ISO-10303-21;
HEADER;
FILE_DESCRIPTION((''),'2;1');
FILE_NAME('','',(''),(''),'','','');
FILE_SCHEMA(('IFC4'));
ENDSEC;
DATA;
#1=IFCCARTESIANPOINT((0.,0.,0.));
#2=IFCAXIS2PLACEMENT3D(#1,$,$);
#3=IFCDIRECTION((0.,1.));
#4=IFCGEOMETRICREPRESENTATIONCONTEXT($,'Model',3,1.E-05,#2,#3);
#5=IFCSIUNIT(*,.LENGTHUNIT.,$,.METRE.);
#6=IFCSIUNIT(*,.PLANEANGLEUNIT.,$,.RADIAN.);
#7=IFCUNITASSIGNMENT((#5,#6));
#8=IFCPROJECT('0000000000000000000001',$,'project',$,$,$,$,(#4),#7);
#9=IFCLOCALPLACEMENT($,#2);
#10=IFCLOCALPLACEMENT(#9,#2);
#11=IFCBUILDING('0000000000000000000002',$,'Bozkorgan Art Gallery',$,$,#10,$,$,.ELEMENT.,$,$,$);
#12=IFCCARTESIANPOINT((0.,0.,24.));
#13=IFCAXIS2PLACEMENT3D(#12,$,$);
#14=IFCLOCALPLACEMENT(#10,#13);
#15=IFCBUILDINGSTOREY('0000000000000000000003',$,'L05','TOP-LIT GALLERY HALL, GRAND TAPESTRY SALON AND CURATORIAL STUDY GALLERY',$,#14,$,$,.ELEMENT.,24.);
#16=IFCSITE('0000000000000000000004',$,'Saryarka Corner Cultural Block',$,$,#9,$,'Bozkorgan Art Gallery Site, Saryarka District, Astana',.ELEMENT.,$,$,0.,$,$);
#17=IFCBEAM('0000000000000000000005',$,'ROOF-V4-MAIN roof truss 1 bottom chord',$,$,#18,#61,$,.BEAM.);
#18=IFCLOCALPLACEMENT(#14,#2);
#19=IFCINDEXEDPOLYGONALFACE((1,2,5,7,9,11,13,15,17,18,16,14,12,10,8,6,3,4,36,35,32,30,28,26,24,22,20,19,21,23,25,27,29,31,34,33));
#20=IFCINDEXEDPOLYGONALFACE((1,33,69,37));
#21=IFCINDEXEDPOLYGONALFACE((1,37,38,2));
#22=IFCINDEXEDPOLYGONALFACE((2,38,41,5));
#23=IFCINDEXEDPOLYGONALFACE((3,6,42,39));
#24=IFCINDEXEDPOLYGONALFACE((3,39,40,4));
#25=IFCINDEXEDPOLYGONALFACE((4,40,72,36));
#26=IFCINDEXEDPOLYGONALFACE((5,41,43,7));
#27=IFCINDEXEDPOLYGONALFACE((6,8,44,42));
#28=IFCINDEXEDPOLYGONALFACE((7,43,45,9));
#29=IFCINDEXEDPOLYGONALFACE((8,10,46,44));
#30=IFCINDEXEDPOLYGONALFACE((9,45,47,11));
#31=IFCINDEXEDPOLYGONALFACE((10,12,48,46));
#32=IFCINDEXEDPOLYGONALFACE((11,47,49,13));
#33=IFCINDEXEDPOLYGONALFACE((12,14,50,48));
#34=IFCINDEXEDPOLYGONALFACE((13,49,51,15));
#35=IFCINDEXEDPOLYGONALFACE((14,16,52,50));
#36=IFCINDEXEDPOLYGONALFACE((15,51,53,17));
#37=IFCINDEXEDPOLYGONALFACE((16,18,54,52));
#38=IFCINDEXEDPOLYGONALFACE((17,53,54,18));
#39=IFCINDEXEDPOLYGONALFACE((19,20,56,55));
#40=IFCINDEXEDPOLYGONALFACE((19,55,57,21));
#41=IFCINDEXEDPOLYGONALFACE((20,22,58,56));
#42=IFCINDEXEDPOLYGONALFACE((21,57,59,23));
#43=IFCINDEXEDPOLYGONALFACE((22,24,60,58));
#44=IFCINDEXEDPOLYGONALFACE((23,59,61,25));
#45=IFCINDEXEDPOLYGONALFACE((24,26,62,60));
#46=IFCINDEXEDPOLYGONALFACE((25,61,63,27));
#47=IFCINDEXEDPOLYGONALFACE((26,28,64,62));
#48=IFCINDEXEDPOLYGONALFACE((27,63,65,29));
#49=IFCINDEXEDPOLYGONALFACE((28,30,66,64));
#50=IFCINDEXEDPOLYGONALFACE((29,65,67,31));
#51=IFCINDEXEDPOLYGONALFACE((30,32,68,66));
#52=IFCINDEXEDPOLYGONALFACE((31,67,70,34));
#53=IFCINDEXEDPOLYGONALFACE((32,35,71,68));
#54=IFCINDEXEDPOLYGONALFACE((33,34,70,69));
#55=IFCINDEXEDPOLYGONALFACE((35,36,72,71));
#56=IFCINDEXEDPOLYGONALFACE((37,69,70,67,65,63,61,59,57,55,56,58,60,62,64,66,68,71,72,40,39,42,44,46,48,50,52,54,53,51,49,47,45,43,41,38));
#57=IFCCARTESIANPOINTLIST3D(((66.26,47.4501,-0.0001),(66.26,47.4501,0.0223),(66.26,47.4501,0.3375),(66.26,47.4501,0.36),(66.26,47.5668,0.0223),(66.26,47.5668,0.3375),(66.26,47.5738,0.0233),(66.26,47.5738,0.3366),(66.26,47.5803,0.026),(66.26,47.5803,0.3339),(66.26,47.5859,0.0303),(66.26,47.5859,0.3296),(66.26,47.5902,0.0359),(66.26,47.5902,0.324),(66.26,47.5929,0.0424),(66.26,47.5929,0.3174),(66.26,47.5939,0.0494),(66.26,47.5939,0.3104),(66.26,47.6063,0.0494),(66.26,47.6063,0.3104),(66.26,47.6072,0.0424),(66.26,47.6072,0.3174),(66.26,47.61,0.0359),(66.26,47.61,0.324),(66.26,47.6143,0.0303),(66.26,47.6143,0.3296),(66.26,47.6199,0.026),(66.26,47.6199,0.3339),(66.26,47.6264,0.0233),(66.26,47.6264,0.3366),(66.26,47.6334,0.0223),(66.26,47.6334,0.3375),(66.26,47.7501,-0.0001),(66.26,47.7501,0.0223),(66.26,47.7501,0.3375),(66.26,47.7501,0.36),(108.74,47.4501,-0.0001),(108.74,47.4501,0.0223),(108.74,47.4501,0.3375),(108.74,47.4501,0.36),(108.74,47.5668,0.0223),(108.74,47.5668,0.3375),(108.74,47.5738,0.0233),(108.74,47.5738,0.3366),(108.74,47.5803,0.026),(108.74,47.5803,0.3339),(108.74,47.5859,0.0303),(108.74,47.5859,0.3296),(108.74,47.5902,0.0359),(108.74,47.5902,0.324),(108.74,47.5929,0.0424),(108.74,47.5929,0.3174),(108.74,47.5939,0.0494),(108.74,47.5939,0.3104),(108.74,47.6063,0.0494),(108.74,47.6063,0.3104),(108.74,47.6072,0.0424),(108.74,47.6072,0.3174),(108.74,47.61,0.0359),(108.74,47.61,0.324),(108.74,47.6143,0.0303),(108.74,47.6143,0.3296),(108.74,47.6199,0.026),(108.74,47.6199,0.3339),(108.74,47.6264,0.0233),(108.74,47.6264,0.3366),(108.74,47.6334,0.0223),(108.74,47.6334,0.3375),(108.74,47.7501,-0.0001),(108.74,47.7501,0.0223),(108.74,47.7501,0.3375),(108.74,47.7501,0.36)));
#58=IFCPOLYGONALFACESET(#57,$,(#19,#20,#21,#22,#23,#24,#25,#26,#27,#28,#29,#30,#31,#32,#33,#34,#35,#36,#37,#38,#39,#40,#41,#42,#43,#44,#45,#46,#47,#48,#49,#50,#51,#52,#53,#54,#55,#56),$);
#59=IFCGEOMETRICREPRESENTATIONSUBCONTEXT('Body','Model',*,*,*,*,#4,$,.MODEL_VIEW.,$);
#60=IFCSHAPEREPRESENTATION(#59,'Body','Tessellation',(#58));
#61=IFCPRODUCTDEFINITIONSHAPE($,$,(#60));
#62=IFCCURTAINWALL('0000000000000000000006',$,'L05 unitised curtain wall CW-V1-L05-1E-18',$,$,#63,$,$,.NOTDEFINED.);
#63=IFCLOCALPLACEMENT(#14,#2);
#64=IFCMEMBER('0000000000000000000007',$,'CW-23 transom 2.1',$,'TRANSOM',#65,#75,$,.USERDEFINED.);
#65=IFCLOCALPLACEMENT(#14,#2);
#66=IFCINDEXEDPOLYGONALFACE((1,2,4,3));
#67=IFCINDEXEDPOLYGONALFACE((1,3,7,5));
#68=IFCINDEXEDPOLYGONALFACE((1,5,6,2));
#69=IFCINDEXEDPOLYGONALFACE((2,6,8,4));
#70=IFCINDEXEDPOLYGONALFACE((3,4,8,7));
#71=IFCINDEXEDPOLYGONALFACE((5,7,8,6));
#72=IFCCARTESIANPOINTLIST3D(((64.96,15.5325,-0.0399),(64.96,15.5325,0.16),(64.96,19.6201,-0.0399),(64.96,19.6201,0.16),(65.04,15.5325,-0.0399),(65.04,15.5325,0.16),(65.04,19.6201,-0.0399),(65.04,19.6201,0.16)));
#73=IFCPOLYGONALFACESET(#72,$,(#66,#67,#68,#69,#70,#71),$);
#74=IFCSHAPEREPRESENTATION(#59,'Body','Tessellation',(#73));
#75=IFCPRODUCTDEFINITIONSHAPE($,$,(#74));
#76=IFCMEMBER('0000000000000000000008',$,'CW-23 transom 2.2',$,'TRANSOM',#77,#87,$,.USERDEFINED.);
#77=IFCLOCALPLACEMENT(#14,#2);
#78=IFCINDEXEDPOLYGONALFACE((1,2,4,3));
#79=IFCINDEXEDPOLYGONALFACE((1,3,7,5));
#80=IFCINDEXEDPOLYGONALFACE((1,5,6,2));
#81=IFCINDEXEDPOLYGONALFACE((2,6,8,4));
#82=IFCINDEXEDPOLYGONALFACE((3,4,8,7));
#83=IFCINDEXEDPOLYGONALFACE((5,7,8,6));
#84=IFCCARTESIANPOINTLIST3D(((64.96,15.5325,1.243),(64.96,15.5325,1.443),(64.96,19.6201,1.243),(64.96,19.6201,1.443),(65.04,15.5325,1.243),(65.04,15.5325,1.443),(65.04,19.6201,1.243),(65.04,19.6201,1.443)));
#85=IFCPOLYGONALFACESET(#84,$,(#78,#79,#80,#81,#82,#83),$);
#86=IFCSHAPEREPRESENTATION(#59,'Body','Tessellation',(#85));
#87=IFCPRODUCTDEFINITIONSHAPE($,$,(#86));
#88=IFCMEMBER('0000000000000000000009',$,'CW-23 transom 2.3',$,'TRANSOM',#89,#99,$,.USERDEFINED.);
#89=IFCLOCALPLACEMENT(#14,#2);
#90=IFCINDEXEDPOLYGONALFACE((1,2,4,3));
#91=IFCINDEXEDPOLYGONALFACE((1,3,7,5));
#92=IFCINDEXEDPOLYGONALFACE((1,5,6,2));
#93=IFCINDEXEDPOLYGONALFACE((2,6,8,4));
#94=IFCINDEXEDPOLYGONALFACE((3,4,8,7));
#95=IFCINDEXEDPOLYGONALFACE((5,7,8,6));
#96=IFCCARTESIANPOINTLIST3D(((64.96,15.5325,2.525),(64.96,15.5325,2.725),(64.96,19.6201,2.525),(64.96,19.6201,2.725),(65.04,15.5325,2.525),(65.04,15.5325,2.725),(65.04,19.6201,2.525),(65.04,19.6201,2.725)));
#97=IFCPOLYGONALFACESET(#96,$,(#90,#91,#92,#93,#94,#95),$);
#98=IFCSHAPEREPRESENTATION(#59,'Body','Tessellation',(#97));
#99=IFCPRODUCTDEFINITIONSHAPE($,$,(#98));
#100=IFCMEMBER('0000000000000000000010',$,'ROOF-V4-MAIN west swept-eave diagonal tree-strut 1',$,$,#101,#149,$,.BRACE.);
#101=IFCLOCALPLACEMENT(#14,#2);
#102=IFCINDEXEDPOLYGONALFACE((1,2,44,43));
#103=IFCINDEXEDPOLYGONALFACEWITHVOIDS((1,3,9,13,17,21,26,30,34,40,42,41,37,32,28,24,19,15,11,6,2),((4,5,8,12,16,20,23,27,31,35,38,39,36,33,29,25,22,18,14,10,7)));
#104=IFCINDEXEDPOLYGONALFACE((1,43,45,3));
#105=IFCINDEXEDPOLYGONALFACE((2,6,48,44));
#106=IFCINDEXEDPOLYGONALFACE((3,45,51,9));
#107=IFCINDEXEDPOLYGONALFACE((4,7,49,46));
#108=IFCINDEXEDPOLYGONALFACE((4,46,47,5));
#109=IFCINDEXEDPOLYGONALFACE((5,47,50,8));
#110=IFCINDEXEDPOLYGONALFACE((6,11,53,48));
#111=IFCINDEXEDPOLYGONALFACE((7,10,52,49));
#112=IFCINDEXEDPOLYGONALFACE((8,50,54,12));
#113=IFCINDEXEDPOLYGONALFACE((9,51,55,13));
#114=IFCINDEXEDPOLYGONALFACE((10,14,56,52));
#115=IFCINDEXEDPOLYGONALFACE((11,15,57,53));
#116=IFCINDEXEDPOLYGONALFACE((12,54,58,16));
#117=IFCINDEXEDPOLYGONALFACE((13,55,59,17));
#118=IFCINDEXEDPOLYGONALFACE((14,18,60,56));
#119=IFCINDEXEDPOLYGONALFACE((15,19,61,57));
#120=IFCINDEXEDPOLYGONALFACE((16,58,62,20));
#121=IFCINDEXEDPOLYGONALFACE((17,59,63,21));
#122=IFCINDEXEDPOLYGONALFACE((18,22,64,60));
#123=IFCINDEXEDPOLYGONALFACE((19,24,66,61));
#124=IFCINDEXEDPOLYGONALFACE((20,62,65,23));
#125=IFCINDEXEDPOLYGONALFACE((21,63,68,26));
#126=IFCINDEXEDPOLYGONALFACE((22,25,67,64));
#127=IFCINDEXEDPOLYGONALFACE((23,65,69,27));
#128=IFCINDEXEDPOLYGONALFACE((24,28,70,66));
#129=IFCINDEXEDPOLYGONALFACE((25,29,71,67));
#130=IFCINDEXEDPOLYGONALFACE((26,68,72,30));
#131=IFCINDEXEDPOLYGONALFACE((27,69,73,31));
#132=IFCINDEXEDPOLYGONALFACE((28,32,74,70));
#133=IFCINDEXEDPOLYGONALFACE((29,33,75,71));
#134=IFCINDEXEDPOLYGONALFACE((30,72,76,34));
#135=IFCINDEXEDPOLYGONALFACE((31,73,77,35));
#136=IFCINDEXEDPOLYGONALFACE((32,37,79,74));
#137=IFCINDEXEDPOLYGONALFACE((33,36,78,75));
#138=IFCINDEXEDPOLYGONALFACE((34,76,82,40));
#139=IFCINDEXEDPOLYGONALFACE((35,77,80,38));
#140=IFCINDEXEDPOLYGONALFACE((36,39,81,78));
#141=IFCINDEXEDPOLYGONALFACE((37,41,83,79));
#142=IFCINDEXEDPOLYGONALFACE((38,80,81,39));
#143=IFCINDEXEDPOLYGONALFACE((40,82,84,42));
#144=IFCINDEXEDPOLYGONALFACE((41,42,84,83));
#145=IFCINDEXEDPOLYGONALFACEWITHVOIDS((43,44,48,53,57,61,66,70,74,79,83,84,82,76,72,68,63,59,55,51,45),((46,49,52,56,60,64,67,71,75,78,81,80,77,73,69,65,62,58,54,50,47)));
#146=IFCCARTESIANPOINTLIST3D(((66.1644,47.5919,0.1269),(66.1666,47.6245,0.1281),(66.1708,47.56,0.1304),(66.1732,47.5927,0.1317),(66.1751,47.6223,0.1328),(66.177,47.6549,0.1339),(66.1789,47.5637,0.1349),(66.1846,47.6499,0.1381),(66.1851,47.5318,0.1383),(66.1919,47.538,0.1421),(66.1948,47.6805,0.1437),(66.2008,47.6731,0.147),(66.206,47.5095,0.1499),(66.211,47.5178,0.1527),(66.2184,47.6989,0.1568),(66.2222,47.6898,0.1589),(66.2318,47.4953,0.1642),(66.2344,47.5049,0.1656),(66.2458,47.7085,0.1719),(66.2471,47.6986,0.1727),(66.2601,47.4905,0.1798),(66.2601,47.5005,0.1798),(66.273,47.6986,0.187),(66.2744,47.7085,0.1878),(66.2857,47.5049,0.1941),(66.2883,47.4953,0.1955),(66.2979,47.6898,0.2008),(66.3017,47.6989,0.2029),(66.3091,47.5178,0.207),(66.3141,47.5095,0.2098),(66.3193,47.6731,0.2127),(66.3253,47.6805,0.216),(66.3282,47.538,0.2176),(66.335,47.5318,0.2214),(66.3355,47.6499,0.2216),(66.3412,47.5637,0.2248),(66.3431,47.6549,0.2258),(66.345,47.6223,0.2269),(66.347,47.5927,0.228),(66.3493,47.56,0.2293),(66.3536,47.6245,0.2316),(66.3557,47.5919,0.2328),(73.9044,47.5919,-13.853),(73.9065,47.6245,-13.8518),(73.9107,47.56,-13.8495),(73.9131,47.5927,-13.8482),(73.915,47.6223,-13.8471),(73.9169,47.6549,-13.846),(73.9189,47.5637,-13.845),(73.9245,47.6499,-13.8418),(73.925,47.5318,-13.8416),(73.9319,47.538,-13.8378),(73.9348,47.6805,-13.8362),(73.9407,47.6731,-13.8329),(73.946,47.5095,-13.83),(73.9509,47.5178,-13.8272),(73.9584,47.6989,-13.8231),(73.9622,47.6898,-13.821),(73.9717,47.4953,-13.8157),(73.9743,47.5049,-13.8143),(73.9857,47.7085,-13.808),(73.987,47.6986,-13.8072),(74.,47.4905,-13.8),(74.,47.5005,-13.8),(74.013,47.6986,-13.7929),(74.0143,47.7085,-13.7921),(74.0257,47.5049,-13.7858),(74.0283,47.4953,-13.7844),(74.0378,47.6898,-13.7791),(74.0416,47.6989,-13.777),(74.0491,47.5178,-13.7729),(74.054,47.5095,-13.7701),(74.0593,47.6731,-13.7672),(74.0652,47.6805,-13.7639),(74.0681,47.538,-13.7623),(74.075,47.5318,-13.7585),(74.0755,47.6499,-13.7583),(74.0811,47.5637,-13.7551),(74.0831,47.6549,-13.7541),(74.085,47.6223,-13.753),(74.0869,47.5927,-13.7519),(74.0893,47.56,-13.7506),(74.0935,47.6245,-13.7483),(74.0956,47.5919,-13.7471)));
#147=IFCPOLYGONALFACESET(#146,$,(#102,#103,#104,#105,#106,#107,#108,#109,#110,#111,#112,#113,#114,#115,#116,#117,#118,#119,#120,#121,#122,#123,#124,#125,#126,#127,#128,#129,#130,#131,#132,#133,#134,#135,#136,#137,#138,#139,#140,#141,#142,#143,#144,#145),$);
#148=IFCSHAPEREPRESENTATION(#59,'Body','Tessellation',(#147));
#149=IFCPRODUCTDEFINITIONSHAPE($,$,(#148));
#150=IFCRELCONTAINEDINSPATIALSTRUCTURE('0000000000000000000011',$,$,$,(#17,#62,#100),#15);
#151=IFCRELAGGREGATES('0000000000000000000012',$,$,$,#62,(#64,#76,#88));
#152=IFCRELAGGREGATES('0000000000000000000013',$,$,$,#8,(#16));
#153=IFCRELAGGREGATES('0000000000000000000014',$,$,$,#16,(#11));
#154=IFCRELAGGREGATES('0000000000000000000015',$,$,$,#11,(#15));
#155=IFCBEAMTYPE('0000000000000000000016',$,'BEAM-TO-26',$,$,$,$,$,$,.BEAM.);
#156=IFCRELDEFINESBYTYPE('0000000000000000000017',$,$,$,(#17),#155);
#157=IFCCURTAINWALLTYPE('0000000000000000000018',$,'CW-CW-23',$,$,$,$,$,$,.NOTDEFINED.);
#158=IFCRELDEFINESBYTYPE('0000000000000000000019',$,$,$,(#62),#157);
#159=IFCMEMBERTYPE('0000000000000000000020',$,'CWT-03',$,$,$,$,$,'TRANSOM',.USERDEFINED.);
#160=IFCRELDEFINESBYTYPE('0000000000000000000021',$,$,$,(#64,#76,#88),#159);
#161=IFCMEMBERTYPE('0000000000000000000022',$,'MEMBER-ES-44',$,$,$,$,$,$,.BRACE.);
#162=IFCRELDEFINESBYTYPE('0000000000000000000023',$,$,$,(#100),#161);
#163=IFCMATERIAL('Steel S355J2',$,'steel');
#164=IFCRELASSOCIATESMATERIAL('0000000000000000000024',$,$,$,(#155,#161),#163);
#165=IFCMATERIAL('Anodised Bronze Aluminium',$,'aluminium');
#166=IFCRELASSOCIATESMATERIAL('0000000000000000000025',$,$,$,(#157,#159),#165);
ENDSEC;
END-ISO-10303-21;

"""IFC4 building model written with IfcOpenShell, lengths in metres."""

from ifc_helpers import new_model, si_unit, direction, frame, origin, origin_2d, place, context, subcontext, project, spatial, rectangle, hollow_circle, i_section, extrude, material, material_profile, profile_set, type_object, element, aggregate, save


model = new_model("IFC4")

# Units and contexts
model_context = context("Model", 3, precision=1e-05, world=origin(), true_north=direction((0.0, 1.0)))
body_context = subcontext(model_context, "Body", "Model", "MODEL_VIEW")
ifc_project = project(units=[si_unit("LENGTHUNIT", "METRE"), si_unit("PLANEANGLEUNIT", "RADIAN")], contexts=[model_context])

# Site, building, storey
site_placement = place(None, origin())
site = spatial("IfcSite", under=ifc_project, at=site_placement, Name="Saryarka Corner Cultural Block", LongName="Bozkorgan Art Gallery Site, Saryarka District, Astana", CompositionType="ELEMENT", RefElevation=0.0)
building_placement = place(site_placement, origin())
building = spatial("IfcBuilding", under=site, at=building_placement, Name="Bozkorgan Art Gallery", CompositionType="ELEMENT")
storey_placement = place(building_placement, frame((0.0, 0.0, 24.0)))
storey = spatial("IfcBuildingStorey", under=building, at=storey_placement, Name="L05", Description="TOP-LIT GALLERY HALL, GRAND TAPESTRY SALON AND CURATORIAL STUDY GALLERY", CompositionType="ELEMENT", Elevation=24.0)

# Beam
ifc_material_1 = material(Name="Steel S355J2", Category="steel")
ifc_material_profile_1 = material_profile(ifc_material_1, i_section(OverallWidth=0.3, OverallDepth=0.3601, WebThickness=0.0125, FlangeThickness=0.0225, FilletRadius=0.0271, at=origin_2d()), Name="HEB 360")
ifc_profile_set_1 = profile_set([ifc_material_profile_1], Name="Steel S355J2")
beam_type = type_object("IfcBeamType", Name="BEAM-TO-26", PredefinedType="BEAM", material=ifc_profile_set_1)
beam_placement = place(storey_placement, frame((66.26, 47.6001, 0.1799), z_axis=(1.0, 0.0, 0.0), x_axis=(0.0, 1.0, 0.0)))
element("IfcBeam", 1, at=beam_placement, inside=storey, type_object=beam_type, Name="ROOF-V4-MAIN roof truss 1 bottom chord", PredefinedType="BEAM", context=body_context, shape_type="SweptSolid", body=[
    extrude(i_section(OverallWidth=0.3, OverallDepth=0.3601, WebThickness=0.0125, FlangeThickness=0.0225, FilletRadius=0.0271, at=origin_2d()), origin(), (0.0, 0.0, 1.0), 42.48),
])

# Curtain wall, members
ifc_material_2 = material(Name="Anodised Bronze Aluminium", Category="aluminium")
curtain_wall_type = type_object("IfcCurtainWallType", Name="CW-CW-23", PredefinedType="NOTDEFINED", material=ifc_material_2)
curtain_wall_placement = place(storey_placement, origin())
curtain_wall = element("IfcCurtainWall", 2, at=curtain_wall_placement, inside=storey, type_object=curtain_wall_type, Name="L05 unitised curtain wall CW-V1-L05-1E-18", PredefinedType="NOTDEFINED")
ifc_material_profile_2 = material_profile(ifc_material_2, rectangle(XDim=0.0801, YDim=0.2, at=origin_2d()), Name="ALU TRANSOM 80x200")
ifc_profile_set_2 = profile_set([ifc_material_profile_2], Name="Anodised Bronze Aluminium")
member_type_1 = type_object("IfcMemberType", Name="CWT-03", ElementType="TRANSOM", PredefinedType="USERDEFINED", material=ifc_profile_set_2)
member_1_placement = place(storey_placement, frame((65.0, 15.5325, 0.0601), z_axis=(0.0, 1.0, 0.0), x_axis=(-1.0, 0.0, 0.0)))
member_1 = element("IfcMember", 3, at=member_1_placement, type_object=member_type_1, Name="CW-23 transom 2.1", ObjectType="TRANSOM", PredefinedType="USERDEFINED", context=body_context, shape_type="SweptSolid", body=[
    extrude(rectangle(XDim=0.0801, YDim=0.2, at=origin_2d()), origin(), (0.0, 0.0, 1.0), 4.0876),
])
member_2_placement = place(storey_placement, frame((65.0, 15.5325, 1.343), z_axis=(0.0, 1.0, 0.0), x_axis=(-1.0, 0.0, 0.0)))
member_2 = element("IfcMember", 4, at=member_2_placement, type_object=member_type_1, Name="CW-23 transom 2.2", ObjectType="TRANSOM", PredefinedType="USERDEFINED", context=body_context, shape_type="SweptSolid", body=[
    extrude(rectangle(XDim=0.0801, YDim=0.2, at=origin_2d()), origin(), (0.0, 0.0, 1.0), 4.0876),
])
member_3_placement = place(storey_placement, frame((65.0, 15.5325, 2.625), z_axis=(0.0, 1.0, 0.0), x_axis=(-1.0, 0.0, 0.0)))
member_3 = element("IfcMember", 5, at=member_3_placement, type_object=member_type_1, Name="CW-23 transom 2.3", ObjectType="TRANSOM", PredefinedType="USERDEFINED", context=body_context, shape_type="SweptSolid", body=[
    extrude(rectangle(XDim=0.0801, YDim=0.2, at=origin_2d()), origin(), (0.0, 0.0, 1.0), 4.0876),
])

# Member
ifc_material_profile_3 = material_profile(ifc_material_1, hollow_circle(Radius=0.1096, WallThickness=0.01, at=origin_2d()), Name="CHS 219.1x10")
ifc_profile_set_3 = profile_set([ifc_material_profile_3], Name="Steel S355J2")
member_type_2 = type_object("IfcMemberType", Name="MEMBER-ES-44", PredefinedType="BRACE", material=ifc_profile_set_3)
member_4_placement = place(storey_placement, frame((74.0, 47.6001, -13.8), z_axis=(-0.484367, 0.0, 0.874865), x_axis=(0.0, -1.0, 0.0)))
element("IfcMember", 6, at=member_4_placement, inside=storey, type_object=member_type_2, Name="ROOF-V4-MAIN west swept-eave diagonal tree-strut 1", PredefinedType="BRACE", context=body_context, shape_type="SweptSolid", body=[
    extrude(hollow_circle(Radius=0.1096, WallThickness=0.01, at=origin_2d()), origin(), (0.0, 0.0, 1.0), 15.9795),
])

aggregate(curtain_wall, [member_1, member_2, member_3])

save(model, "model.ifc")
